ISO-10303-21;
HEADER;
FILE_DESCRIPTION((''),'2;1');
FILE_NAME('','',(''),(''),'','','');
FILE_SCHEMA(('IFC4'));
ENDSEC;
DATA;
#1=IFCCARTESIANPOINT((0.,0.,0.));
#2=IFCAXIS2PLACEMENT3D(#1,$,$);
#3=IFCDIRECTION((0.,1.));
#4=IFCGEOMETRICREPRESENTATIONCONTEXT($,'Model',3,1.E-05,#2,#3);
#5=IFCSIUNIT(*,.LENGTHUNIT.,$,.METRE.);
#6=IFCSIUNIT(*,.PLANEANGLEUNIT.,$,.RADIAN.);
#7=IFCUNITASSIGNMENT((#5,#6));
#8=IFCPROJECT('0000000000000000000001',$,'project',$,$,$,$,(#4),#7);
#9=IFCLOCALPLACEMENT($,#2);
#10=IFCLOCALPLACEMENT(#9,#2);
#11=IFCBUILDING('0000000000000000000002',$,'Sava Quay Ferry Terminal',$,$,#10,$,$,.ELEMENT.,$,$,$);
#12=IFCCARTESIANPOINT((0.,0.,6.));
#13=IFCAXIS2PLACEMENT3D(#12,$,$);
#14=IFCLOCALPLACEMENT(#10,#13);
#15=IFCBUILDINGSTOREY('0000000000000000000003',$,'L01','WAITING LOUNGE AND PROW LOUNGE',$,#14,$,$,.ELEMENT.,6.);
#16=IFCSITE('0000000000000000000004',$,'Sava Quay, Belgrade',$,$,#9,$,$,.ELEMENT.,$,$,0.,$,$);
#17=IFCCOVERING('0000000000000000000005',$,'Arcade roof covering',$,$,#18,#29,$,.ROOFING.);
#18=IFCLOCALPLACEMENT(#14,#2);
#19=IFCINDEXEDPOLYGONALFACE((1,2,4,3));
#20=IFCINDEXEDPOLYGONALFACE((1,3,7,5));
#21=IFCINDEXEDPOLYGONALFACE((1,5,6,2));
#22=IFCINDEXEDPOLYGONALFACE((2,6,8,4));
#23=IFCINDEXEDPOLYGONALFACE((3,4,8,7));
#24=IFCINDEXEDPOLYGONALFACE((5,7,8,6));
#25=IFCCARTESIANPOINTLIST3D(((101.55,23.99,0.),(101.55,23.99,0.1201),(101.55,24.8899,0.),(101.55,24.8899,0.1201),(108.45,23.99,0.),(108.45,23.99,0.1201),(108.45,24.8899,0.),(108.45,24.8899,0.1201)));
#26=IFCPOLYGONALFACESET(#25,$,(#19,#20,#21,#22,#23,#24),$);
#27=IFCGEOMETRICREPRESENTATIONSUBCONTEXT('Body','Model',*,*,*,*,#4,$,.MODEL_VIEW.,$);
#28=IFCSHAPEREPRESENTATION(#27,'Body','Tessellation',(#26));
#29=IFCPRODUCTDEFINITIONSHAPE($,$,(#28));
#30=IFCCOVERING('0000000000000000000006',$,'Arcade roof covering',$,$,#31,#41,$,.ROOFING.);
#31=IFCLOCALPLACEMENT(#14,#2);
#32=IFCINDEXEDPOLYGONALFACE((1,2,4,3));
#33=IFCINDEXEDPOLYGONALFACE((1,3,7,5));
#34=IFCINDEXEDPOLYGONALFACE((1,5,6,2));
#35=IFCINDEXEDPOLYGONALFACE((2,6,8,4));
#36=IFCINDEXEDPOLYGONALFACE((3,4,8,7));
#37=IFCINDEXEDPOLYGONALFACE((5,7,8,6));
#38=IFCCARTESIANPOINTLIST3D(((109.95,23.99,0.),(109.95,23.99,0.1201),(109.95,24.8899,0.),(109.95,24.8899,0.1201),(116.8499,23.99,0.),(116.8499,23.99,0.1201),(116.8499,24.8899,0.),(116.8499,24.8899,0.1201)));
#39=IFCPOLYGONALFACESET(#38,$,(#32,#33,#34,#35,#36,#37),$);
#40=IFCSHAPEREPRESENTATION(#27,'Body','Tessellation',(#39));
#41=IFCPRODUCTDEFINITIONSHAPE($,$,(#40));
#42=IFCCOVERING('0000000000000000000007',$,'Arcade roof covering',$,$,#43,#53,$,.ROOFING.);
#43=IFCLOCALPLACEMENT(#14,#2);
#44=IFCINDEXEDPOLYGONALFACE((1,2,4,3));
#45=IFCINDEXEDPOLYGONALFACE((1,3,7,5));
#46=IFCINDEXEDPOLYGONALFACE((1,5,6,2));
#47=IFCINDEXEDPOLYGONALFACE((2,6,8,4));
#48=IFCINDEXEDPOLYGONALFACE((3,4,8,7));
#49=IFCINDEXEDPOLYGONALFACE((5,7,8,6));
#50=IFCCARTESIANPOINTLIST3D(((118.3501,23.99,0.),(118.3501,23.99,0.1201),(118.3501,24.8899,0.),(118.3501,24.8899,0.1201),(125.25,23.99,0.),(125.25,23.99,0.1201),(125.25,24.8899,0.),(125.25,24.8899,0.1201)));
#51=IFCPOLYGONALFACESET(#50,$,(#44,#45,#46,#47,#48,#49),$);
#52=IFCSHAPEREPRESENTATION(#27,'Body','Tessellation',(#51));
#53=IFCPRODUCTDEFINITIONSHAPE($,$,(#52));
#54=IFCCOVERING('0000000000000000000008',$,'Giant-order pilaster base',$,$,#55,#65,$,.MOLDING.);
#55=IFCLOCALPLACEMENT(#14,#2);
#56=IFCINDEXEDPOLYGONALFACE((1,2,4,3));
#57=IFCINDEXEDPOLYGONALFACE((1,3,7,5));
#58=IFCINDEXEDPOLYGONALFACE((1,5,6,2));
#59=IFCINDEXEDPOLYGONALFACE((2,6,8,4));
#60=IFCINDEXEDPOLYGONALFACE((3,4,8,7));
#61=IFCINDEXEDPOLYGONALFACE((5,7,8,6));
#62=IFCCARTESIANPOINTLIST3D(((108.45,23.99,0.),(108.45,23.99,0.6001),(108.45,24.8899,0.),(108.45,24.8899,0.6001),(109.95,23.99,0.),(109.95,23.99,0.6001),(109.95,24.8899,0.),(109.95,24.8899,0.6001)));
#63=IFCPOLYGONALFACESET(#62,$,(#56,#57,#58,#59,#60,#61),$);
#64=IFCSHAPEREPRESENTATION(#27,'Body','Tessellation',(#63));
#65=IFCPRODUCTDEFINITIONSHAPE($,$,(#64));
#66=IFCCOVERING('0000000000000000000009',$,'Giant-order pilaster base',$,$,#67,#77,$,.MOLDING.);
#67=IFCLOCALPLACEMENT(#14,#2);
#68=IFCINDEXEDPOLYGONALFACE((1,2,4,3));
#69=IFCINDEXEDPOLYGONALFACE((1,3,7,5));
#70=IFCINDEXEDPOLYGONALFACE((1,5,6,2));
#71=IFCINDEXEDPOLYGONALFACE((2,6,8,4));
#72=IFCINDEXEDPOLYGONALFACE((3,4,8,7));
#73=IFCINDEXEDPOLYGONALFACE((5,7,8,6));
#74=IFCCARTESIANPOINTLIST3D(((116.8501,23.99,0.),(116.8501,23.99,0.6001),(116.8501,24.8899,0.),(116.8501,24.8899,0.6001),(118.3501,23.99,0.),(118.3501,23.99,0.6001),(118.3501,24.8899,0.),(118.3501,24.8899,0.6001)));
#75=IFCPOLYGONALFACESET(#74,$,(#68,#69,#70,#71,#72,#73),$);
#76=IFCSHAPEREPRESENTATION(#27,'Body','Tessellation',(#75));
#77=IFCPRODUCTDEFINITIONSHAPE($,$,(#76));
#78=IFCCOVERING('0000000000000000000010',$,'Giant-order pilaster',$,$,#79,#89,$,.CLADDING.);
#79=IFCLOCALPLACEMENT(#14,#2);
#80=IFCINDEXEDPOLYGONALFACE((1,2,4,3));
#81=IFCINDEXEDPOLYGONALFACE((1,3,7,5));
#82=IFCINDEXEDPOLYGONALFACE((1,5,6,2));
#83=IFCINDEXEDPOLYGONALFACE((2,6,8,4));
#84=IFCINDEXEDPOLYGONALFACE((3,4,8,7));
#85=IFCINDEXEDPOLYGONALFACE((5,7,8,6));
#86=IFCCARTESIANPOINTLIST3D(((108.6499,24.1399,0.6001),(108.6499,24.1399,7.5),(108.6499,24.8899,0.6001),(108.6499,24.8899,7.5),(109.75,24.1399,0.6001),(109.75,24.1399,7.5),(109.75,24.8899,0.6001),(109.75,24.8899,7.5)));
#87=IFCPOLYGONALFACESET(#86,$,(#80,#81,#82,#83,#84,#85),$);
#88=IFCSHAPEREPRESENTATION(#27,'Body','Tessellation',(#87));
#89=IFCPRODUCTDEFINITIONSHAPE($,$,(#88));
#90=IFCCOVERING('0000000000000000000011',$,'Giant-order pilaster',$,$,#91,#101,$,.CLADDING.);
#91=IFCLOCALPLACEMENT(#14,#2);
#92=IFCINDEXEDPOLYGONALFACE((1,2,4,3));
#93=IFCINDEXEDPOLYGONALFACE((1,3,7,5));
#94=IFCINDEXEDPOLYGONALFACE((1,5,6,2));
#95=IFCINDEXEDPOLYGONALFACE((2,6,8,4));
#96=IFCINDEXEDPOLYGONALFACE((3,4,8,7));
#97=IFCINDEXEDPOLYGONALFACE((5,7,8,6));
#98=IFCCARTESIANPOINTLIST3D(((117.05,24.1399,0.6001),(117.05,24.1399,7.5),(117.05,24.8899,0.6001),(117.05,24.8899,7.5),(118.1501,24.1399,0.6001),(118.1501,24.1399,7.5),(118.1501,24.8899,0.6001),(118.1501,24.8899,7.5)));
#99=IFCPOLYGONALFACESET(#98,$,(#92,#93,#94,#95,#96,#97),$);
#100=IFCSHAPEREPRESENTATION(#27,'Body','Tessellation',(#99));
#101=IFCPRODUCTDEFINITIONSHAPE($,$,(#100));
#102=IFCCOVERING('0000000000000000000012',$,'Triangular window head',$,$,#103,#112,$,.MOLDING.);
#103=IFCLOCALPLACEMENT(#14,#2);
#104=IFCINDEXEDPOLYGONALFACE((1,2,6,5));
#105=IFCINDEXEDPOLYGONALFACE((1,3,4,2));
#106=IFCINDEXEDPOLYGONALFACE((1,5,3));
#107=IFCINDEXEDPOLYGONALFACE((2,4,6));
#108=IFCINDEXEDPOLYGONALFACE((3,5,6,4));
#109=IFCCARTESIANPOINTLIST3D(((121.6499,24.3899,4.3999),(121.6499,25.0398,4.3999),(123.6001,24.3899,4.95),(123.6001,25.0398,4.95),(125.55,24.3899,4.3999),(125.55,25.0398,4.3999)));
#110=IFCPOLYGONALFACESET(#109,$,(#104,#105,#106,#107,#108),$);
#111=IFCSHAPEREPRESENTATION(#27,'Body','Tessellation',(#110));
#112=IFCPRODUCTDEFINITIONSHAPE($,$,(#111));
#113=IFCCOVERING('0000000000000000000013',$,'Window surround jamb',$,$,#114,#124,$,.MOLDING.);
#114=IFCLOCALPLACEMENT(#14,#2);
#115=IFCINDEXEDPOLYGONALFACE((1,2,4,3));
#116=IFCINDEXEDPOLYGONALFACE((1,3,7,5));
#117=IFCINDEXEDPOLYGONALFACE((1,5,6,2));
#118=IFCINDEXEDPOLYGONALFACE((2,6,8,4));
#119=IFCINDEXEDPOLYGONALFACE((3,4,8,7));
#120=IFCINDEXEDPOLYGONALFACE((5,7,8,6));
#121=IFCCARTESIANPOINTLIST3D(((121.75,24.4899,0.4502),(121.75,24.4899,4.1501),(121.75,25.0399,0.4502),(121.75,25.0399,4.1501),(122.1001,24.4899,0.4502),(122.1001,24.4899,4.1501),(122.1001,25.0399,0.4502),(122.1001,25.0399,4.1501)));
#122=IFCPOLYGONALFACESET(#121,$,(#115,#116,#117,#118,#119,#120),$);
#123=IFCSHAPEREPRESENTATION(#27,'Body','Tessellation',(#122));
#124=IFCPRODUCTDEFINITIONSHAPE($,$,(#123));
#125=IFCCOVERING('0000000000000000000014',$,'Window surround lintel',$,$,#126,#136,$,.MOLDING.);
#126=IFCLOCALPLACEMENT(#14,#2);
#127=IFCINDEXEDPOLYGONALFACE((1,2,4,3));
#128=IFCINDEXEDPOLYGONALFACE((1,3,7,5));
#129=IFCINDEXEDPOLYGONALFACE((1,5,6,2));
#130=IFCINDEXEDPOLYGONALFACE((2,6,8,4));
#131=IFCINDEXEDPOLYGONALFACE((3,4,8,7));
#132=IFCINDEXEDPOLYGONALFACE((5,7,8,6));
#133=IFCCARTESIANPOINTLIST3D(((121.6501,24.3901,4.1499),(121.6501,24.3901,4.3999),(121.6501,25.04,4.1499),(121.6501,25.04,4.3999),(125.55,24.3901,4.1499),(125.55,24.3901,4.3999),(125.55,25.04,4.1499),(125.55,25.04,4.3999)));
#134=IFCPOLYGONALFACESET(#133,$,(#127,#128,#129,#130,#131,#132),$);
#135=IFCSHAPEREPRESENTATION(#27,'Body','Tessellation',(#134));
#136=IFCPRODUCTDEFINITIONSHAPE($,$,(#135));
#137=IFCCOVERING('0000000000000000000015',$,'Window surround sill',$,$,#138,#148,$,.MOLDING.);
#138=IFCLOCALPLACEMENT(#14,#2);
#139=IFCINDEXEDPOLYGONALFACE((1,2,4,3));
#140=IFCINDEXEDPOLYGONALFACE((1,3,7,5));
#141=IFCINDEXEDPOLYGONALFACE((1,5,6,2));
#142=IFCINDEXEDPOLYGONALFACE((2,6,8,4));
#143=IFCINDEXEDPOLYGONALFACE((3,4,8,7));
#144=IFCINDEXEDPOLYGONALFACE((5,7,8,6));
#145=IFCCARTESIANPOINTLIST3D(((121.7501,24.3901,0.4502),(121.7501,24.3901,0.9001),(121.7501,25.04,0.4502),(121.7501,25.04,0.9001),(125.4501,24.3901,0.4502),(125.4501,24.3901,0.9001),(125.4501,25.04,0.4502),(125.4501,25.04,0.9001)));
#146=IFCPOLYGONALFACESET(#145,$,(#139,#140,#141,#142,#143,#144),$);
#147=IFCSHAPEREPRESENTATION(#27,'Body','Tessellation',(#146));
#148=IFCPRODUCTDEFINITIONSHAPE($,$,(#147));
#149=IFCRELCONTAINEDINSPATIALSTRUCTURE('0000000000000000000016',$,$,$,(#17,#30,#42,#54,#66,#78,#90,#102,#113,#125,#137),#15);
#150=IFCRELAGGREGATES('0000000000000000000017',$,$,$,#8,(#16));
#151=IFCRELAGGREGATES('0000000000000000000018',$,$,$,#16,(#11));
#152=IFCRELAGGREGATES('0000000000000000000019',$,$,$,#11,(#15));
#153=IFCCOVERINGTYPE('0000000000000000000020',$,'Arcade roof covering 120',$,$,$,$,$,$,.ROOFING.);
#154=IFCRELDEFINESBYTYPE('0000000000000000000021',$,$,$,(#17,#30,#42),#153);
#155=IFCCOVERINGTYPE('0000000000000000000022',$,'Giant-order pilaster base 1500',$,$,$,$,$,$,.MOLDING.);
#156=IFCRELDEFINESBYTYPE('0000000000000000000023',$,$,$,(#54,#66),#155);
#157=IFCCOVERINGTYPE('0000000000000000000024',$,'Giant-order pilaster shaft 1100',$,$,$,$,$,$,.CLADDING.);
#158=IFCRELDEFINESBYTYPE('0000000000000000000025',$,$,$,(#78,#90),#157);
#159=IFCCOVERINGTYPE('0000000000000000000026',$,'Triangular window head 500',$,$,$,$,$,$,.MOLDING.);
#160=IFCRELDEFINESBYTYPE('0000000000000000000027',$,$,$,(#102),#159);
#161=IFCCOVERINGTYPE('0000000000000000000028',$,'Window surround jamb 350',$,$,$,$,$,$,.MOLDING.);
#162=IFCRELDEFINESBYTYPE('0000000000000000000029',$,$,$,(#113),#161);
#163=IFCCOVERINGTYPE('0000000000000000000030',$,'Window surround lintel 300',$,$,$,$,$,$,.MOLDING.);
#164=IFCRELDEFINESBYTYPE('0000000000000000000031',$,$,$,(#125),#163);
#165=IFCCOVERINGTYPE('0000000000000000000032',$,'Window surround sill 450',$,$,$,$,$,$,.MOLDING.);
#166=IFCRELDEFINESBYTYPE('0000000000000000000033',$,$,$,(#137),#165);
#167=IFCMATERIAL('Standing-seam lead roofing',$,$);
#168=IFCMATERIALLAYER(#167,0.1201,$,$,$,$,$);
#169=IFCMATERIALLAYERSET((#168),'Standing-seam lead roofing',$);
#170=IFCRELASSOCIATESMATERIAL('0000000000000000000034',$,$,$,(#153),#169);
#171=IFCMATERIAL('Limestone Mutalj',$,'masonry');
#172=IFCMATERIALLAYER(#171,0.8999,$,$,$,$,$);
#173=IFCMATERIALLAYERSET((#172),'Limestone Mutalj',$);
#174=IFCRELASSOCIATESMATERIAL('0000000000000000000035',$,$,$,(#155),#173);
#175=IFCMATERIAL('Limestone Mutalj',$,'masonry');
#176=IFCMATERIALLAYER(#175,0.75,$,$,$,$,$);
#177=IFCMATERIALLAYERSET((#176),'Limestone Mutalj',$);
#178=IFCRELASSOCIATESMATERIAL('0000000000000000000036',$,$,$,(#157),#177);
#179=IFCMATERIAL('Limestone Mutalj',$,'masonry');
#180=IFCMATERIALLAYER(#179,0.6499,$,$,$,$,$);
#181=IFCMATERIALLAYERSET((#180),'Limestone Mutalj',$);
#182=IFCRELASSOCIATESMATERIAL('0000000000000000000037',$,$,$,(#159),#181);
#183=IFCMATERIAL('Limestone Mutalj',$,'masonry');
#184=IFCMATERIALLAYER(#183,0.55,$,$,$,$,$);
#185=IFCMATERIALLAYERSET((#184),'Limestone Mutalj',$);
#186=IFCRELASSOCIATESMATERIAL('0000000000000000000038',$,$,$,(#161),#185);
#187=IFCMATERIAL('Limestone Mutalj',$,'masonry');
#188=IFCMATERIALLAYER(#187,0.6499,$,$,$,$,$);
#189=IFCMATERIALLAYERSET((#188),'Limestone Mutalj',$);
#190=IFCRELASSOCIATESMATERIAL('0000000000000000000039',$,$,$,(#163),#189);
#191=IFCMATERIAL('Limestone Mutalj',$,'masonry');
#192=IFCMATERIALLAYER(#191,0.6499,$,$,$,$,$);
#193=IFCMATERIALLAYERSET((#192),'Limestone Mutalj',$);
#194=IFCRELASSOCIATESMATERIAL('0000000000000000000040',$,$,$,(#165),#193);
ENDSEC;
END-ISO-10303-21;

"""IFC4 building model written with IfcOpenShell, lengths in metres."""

from ifc_helpers import new_model, si_unit, direction, frame, origin, origin_2d, place, context, subcontext, project, spatial, polyline, rectangle, outline, extrude, material, layer, layer_set, type_object, element, save


model = new_model("IFC4")

# Units and contexts
model_context = context("Model", 3, precision=1e-05, world=origin(), true_north=direction((0.0, 1.0)))
body_context = subcontext(model_context, "Body", "Model", "MODEL_VIEW")
ifc_project = project(units=[si_unit("LENGTHUNIT", "METRE"), si_unit("PLANEANGLEUNIT", "RADIAN")], contexts=[model_context])

# Site, building, storey
site_placement = place(None, origin())
site = spatial("IfcSite", under=ifc_project, at=site_placement, Name="Sava Quay, Belgrade", CompositionType="ELEMENT", RefElevation=0.0)
building_placement = place(site_placement, origin())
building = spatial("IfcBuilding", under=site, at=building_placement, Name="Sava Quay Ferry Terminal", CompositionType="ELEMENT")
storey_placement = place(building_placement, frame((0.0, 0.0, 6.0)))
storey = spatial("IfcBuildingStorey", under=building, at=storey_placement, Name="L01", Description="WAITING LOUNGE AND PROW LOUNGE", CompositionType="ELEMENT", Elevation=6.0)

# Coverings
ifc_material_1 = material(Name="Standing-seam lead roofing")
ifc_layer_1 = layer(ifc_material_1, 0.1201)
ifc_layer_set_1 = layer_set([ifc_layer_1], Name="Standing-seam lead roofing")
covering_type_1 = type_object("IfcCoveringType", Name="Arcade roof covering 120", PredefinedType="ROOFING", material=ifc_layer_set_1)
for number, where, z_axis, x_axis, name in (
    (1, (105.0, 24.4399, 0.0), (0.0, 0.0, 1.0), (1.0, 0.0, 0.0), "Arcade roof covering"),
    (2, (113.3999, 24.4399, 0.0), (0.0, 0.0, 1.0), (1.0, 0.0, 0.0), "Arcade roof covering"),
    (3, (121.8, 24.4399, 0.0), (0.0, 0.0, 1.0), (1.0, 0.0, 0.0), "Arcade roof covering"),
):
    element("IfcCovering", number, at=place(storey_placement, frame(where, z_axis=z_axis, x_axis=x_axis)), inside=storey, type_object=covering_type_1, Name=name, PredefinedType="ROOFING", context=body_context, shape_type="SweptSolid", body=[
        extrude(rectangle(XDim=6.8999, YDim=0.8999, at=origin_2d()), origin(), (0.0, 0.0, 1.0), 0.1201),
    ])
ifc_material_2 = material(Name="Limestone Mutalj", Category="masonry")
ifc_layer_2 = layer(ifc_material_2, 0.8999)
ifc_layer_set_2 = layer_set([ifc_layer_2], Name="Limestone Mutalj")
covering_type_2 = type_object("IfcCoveringType", Name="Giant-order pilaster base 1500", PredefinedType="MOLDING", material=ifc_layer_set_2)
for number, where, z_axis, x_axis, name in (
    (4, (109.2, 24.4399, 0.0), (0.0, 0.0, 1.0), (1.0, 0.0, 0.0), "Giant-order pilaster base"),
    (5, (117.6001, 24.4399, 0.0), (0.0, 0.0, 1.0), (1.0, 0.0, 0.0), "Giant-order pilaster base"),
):
    element("IfcCovering", number, at=place(storey_placement, frame(where, z_axis=z_axis, x_axis=x_axis)), inside=storey, type_object=covering_type_2, Name=name, PredefinedType="MOLDING", context=body_context, shape_type="SweptSolid", body=[
        extrude(rectangle(XDim=1.5, YDim=0.8999, at=origin_2d()), origin(), (0.0, 0.0, 1.0), 0.6001),
    ])
ifc_material_3 = material(Name="Limestone Mutalj", Category="masonry")
ifc_layer_3 = layer(ifc_material_3, 0.75)
ifc_layer_set_3 = layer_set([ifc_layer_3], Name="Limestone Mutalj")
covering_type_3 = type_object("IfcCoveringType", Name="Giant-order pilaster shaft 1100", PredefinedType="CLADDING", material=ifc_layer_set_3)
for number, where, z_axis, x_axis, name in (
    (6, (109.2, 24.5149, 0.6001), (0.0, 0.0, 1.0), (1.0, 0.0, 0.0), "Giant-order pilaster"),
    (7, (117.6001, 24.5149, 0.6001), (0.0, 0.0, 1.0), (1.0, 0.0, 0.0), "Giant-order pilaster"),
):
    element("IfcCovering", number, at=place(storey_placement, frame(where, z_axis=z_axis, x_axis=x_axis)), inside=storey, type_object=covering_type_3, Name=name, PredefinedType="CLADDING", context=body_context, shape_type="SweptSolid", body=[
        extrude(rectangle(XDim=1.1001, YDim=0.75, at=origin_2d()), origin(), (0.0, 0.0, 1.0), 6.8999),
    ])
ifc_material_4 = material(Name="Limestone Mutalj", Category="masonry")
ifc_layer_4 = layer(ifc_material_4, 0.6499)
ifc_layer_set_4 = layer_set([ifc_layer_4], Name="Limestone Mutalj")
covering_type_4 = type_object("IfcCoveringType", Name="Triangular window head 500", PredefinedType="MOLDING", material=ifc_layer_set_4)
covering_1_placement = place(storey_placement, frame((121.6499, 24.3899, 4.3999), z_axis=(0.0, -1.0, 0.0), x_axis=(1.0, 0.0, 0.0)))
element("IfcCovering", 8, at=covering_1_placement, inside=storey, type_object=covering_type_4, Name="Triangular window head", PredefinedType="MOLDING", context=body_context, shape_type="SweptSolid", body=[
    extrude(outline(polyline([(0.0, 0.0), (3.9001, 0.0), (1.9502, 0.55), (0.0, 0.0)])), origin(), (0.0, 0.0, -1.0), 0.6499),
])
ifc_material_5 = material(Name="Limestone Mutalj", Category="masonry")
ifc_layer_5 = layer(ifc_material_5, 0.55)
ifc_layer_set_5 = layer_set([ifc_layer_5], Name="Limestone Mutalj")
covering_type_5 = type_object("IfcCoveringType", Name="Window surround jamb 350", PredefinedType="MOLDING", material=ifc_layer_set_5)
covering_2_placement = place(storey_placement, frame((121.925, 24.7649, 0.4502), z_axis=(0.0, 0.0, 1.0), x_axis=(1.0, 0.0, 0.0)))
element("IfcCovering", 9, at=covering_2_placement, inside=storey, type_object=covering_type_5, Name="Window surround jamb", PredefinedType="MOLDING", context=body_context, shape_type="SweptSolid", body=[
    extrude(rectangle(XDim=0.3501, YDim=0.55, at=origin_2d()), origin(), (0.0, 0.0, 1.0), 3.7),
])
ifc_material_6 = material(Name="Limestone Mutalj", Category="masonry")
ifc_layer_6 = layer(ifc_material_6, 0.6499)
ifc_layer_set_6 = layer_set([ifc_layer_6], Name="Limestone Mutalj")
covering_type_6 = type_object("IfcCoveringType", Name="Window surround lintel 300", PredefinedType="MOLDING", material=ifc_layer_set_6)
covering_3_placement = place(storey_placement, frame((123.6001, 24.7151, 4.1499), z_axis=(0.0, 0.0, 1.0), x_axis=(1.0, 0.0, 0.0)))
element("IfcCovering", 10, at=covering_3_placement, inside=storey, type_object=covering_type_6, Name="Window surround lintel", PredefinedType="MOLDING", context=body_context, shape_type="SweptSolid", body=[
    extrude(rectangle(XDim=3.8999, YDim=0.6499, at=origin_2d()), origin(), (0.0, 0.0, 1.0), 0.25),
])
ifc_material_7 = material(Name="Limestone Mutalj", Category="masonry")
ifc_layer_7 = layer(ifc_material_7, 0.6499)
ifc_layer_set_7 = layer_set([ifc_layer_7], Name="Limestone Mutalj")
covering_type_7 = type_object("IfcCoveringType", Name="Window surround sill 450", PredefinedType="MOLDING", material=ifc_layer_set_7)
covering_4_placement = place(storey_placement, frame((123.6001, 24.7151, 0.4502), z_axis=(0.0, 0.0, 1.0), x_axis=(1.0, 0.0, 0.0)))
element("IfcCovering", 11, at=covering_4_placement, inside=storey, type_object=covering_type_7, Name="Window surround sill", PredefinedType="MOLDING", context=body_context, shape_type="SweptSolid", body=[
    extrude(rectangle(XDim=3.7, YDim=0.6499, at=origin_2d()), origin(), (0.0, 0.0, 1.0), 0.45),
])

save(model, "model.ifc")
